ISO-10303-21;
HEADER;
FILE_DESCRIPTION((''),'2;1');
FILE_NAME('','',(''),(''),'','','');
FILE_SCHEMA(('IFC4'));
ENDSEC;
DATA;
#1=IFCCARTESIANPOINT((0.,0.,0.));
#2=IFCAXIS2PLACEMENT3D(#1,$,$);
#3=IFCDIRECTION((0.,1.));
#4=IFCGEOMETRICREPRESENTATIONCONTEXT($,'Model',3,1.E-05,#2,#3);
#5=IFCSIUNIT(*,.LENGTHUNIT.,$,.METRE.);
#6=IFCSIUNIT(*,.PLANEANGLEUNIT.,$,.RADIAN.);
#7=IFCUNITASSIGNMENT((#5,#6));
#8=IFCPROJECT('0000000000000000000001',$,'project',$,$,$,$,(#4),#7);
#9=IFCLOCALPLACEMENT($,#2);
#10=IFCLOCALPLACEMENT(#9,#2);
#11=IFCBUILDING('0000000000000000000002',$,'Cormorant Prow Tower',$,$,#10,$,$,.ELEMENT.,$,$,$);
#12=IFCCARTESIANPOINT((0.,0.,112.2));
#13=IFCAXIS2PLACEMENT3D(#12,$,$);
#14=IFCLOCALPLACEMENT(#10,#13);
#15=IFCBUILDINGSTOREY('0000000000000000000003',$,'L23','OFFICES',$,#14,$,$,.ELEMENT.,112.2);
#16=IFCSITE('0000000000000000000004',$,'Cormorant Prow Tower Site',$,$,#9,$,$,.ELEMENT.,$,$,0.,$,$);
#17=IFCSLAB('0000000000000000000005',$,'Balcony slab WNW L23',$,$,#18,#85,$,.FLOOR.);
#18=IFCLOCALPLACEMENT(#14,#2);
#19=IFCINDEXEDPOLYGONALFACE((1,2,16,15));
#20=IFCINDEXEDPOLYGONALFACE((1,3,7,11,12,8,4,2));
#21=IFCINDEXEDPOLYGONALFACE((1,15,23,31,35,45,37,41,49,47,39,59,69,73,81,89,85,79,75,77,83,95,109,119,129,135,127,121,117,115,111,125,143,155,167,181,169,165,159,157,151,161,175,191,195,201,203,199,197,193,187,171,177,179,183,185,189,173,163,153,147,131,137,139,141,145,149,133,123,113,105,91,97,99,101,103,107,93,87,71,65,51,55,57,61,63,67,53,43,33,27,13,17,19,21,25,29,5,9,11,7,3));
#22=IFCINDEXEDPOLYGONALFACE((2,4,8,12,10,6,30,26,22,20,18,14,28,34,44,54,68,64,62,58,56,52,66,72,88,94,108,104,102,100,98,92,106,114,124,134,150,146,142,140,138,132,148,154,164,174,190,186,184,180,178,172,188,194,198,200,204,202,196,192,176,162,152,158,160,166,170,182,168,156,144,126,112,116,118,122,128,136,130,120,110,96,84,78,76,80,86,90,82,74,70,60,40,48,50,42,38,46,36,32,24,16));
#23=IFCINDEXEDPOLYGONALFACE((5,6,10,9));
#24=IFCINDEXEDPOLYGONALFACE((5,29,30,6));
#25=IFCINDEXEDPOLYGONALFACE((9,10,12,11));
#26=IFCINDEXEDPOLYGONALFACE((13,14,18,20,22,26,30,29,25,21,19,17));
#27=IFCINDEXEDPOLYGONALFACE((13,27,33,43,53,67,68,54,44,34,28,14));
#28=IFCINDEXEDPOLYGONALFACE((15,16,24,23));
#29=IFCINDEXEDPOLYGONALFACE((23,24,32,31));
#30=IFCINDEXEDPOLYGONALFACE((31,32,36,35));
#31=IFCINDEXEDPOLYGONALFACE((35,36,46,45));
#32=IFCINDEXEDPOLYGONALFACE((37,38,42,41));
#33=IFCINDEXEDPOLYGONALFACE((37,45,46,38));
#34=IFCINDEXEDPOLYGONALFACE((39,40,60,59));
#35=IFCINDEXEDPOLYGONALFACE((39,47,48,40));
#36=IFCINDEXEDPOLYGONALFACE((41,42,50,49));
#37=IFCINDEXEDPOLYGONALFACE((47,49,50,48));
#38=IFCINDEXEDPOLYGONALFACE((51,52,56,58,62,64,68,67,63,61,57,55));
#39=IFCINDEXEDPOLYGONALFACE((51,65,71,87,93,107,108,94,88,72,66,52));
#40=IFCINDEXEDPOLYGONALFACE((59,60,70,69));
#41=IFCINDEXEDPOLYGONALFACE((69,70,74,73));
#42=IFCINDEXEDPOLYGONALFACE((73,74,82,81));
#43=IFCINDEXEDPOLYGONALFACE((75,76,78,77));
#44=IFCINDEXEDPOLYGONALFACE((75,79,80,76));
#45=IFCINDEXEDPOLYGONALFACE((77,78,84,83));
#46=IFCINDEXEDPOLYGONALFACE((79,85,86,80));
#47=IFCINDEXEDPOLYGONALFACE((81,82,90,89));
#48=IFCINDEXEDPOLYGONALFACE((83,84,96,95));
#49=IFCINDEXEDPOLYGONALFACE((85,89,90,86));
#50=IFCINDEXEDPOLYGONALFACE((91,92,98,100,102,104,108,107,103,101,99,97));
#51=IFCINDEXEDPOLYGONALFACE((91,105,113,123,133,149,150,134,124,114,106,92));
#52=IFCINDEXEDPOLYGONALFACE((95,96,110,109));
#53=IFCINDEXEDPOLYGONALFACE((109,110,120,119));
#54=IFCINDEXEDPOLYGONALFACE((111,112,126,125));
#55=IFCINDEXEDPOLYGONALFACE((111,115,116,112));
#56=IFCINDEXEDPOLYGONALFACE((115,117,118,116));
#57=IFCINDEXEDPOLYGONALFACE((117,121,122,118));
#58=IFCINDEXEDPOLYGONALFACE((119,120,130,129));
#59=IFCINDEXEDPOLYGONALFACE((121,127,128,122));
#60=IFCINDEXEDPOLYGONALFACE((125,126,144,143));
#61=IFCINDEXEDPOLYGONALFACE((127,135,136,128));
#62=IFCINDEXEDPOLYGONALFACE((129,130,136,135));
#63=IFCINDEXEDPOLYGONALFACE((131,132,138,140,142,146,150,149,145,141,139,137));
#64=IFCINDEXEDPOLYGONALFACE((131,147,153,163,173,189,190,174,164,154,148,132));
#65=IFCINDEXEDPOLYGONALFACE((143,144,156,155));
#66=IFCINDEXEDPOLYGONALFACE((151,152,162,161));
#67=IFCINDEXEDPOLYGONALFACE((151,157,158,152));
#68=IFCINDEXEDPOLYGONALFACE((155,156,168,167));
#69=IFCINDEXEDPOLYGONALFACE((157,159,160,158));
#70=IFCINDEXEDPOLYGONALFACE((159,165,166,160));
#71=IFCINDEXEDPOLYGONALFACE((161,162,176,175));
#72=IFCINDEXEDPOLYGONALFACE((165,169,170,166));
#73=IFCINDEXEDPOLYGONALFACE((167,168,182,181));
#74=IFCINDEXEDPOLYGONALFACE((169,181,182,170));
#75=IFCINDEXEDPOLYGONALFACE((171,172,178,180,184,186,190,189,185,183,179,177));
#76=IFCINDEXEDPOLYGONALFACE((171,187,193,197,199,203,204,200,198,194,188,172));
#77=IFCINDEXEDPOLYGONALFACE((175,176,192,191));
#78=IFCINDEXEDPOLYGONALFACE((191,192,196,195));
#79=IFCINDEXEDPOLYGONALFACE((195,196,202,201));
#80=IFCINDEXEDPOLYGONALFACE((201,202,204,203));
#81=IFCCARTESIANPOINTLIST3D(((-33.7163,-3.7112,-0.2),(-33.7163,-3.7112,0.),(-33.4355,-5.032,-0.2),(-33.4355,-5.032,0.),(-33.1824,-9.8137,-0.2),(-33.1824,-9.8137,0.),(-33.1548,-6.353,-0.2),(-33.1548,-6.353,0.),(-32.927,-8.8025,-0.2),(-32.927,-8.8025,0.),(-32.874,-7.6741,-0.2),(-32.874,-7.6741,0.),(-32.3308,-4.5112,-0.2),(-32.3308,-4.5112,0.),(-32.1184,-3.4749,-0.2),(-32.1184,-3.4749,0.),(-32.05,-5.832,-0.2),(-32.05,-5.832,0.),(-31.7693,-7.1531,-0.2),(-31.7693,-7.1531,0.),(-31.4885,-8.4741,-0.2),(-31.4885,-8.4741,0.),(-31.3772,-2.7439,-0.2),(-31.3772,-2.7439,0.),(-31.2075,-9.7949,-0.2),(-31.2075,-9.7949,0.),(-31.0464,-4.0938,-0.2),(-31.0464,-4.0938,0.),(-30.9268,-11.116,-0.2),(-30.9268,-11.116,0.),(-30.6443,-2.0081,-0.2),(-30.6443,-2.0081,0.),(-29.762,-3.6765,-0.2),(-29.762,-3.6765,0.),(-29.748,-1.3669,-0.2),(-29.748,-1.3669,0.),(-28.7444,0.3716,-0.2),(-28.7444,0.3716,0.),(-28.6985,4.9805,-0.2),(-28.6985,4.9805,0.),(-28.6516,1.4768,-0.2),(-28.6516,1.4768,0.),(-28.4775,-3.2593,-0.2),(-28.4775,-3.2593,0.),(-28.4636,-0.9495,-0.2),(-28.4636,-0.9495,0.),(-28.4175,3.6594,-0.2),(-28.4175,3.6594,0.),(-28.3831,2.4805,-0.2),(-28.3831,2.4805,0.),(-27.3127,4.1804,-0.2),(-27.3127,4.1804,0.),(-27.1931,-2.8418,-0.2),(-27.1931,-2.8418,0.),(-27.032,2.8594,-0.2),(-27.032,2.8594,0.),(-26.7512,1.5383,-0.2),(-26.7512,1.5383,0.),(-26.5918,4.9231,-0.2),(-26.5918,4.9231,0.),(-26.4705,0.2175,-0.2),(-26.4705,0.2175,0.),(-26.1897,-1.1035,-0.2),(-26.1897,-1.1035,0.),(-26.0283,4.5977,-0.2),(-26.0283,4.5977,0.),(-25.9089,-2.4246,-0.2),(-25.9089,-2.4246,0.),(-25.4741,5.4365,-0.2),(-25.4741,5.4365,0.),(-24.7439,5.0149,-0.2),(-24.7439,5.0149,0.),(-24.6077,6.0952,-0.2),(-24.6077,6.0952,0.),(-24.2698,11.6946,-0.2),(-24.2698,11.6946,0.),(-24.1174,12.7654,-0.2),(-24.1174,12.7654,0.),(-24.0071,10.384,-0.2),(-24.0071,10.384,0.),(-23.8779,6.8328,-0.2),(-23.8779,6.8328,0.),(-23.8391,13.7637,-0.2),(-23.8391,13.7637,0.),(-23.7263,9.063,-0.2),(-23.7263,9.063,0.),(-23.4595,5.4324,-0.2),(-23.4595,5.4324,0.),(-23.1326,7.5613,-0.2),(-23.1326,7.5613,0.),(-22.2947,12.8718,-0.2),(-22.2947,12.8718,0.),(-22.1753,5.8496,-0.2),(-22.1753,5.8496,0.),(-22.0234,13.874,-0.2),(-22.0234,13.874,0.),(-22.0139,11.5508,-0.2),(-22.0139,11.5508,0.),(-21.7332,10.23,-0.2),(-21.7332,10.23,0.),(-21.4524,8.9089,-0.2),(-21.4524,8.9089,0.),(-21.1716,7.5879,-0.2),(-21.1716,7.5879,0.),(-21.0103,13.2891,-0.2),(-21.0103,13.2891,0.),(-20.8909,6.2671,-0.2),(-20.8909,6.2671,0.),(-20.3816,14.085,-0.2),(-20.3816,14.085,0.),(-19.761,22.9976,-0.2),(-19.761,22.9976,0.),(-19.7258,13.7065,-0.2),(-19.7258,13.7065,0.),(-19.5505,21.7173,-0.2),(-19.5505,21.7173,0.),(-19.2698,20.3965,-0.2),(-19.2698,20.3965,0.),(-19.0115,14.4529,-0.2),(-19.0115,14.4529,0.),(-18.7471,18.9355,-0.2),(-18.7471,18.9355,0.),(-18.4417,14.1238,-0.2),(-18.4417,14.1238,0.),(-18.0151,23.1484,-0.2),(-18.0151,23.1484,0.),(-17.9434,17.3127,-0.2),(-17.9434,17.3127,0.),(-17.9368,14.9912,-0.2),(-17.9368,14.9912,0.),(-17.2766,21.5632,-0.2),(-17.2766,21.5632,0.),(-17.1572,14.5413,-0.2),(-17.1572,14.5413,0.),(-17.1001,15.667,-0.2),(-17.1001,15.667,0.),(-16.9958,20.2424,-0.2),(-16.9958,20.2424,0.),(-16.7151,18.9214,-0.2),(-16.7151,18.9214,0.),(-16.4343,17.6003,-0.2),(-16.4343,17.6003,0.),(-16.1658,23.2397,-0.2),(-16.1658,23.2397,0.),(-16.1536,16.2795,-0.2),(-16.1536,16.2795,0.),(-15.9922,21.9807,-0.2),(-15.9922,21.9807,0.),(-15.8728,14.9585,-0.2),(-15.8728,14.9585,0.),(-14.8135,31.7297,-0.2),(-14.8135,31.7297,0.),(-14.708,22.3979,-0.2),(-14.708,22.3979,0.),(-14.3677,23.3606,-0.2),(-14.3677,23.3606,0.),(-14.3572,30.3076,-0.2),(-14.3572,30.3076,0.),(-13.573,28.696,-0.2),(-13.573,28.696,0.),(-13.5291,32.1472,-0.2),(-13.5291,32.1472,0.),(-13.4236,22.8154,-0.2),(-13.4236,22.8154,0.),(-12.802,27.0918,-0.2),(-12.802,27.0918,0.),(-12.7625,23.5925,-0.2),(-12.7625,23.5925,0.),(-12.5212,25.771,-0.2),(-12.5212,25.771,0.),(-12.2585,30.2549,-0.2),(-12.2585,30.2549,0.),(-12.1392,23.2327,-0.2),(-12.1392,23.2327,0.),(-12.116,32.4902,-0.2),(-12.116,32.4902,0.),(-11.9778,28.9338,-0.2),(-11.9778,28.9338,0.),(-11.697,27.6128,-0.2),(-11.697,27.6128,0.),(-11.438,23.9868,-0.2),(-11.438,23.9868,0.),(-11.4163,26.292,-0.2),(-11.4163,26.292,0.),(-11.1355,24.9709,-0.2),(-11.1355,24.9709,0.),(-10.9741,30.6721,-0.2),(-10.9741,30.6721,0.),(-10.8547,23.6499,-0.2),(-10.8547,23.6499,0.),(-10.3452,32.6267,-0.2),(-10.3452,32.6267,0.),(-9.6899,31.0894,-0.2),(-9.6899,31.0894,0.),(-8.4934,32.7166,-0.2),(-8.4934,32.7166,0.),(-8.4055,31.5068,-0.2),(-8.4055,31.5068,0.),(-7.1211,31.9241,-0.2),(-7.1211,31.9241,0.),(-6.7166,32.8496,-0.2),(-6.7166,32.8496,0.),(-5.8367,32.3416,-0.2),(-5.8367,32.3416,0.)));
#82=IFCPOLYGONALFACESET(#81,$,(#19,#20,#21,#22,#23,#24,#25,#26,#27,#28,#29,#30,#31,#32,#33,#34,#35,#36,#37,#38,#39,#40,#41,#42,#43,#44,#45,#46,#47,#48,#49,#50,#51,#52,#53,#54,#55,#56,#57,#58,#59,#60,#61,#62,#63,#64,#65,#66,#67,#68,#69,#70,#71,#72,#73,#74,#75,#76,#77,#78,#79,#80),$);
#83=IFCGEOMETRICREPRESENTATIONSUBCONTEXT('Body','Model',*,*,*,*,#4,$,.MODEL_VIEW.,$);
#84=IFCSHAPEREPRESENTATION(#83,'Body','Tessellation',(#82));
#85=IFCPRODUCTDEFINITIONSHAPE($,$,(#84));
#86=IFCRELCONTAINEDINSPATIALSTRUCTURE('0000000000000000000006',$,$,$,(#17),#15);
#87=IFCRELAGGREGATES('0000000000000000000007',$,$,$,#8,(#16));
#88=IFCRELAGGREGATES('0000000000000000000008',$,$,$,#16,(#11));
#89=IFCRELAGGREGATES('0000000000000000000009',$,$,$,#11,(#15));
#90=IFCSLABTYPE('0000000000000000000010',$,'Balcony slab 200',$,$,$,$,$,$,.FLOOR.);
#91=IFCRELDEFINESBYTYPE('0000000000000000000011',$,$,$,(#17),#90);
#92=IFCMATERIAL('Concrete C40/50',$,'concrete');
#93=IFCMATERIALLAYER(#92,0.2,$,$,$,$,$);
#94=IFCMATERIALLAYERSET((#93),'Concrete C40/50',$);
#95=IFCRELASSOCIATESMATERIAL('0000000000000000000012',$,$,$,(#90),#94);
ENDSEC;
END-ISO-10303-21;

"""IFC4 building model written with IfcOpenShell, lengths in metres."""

from ifc_helpers import new_model, si_unit, direction, frame, origin, place, context, subcontext, project, spatial, polyline, outline, extrude, material, layer, layer_set, type_object, element, save


model = new_model("IFC4")

# Units and contexts
model_context = context("Model", 3, precision=1e-05, world=origin(), true_north=direction((0.0, 1.0)))
body_context = subcontext(model_context, "Body", "Model", "MODEL_VIEW")
ifc_project = project(units=[si_unit("LENGTHUNIT", "METRE"), si_unit("PLANEANGLEUNIT", "RADIAN")], contexts=[model_context])

# Site, building, storey
site_placement = place(None, origin())
site = spatial("IfcSite", under=ifc_project, at=site_placement, Name="Cormorant Prow Tower Site", CompositionType="ELEMENT", RefElevation=0.0)
building_placement = place(site_placement, origin())
building = spatial("IfcBuilding", under=site, at=building_placement, Name="Cormorant Prow Tower", CompositionType="ELEMENT")
storey_placement = place(building_placement, frame((0.0, 0.0, 112.2)))
storey = spatial("IfcBuildingStorey", under=building, at=storey_placement, Name="L23", Description="OFFICES", CompositionType="ELEMENT", Elevation=112.2)

# Slab
ifc_material_1 = material(Name="Concrete C40/50", Category="concrete")
ifc_layer_1 = layer(ifc_material_1, 0.2)
ifc_layer_set_1 = layer_set([ifc_layer_1], Name="Concrete C40/50")
slab_type_1 = type_object("IfcSlabType", Name="Balcony slab 200", PredefinedType="FLOOR", material=ifc_layer_set_1)
slab_1_placement = place(storey_placement, frame((0.0, 0.0, -0.2)))
element("IfcSlab", 1, at=slab_1_placement, inside=storey, type_object=slab_type_1, Name="Balcony slab WNW L23", PredefinedType="FLOOR", context=body_context, shape_type="SweptSolid", body=[
    extrude(outline(polyline([(-5.8367, 32.3416), (-6.7166, 32.8496), (-8.4934, 32.7166), (-10.3452, 32.6267), (-12.116, 32.4902), (-13.5291, 32.1472), (-14.8135, 31.7297), (-14.3572, 30.3076), (-13.573, 28.696), (-12.802, 27.0918), (-12.5212, 25.771), (-11.438, 23.9868), (-12.7625, 23.5925), (-14.3677, 23.3606), (-16.1658, 23.2397), (-18.0151, 23.1484), (-19.761, 22.9976), (-19.5505, 21.7173), (-19.2698, 20.3965), (-18.7471, 18.9355), (-17.9434, 17.3127), (-17.1001, 15.667), (-17.9368, 14.9912), (-19.0115, 14.4529), (-20.3816, 14.085), (-22.0234, 13.874), (-23.8391, 13.7637), (-24.1174, 12.7654), (-24.2698, 11.6946), (-24.0071, 10.384), (-23.7263, 9.063), (-23.1326, 7.5613), (-23.8779, 6.8328), (-24.6077, 6.0952), (-25.4741, 5.4365), (-26.5918, 4.9231), (-28.6985, 4.9805), (-28.4175, 3.6594), (-28.3831, 2.4805), (-28.6516, 1.4768), (-28.7444, 0.3716), (-28.4636, -0.9495), (-29.748, -1.3669), (-30.6443, -2.0081), (-31.3772, -2.7439), (-32.1184, -3.4749), (-33.7163, -3.7112), (-33.4355, -5.032), (-33.1548, -6.353), (-32.874, -7.6741), (-32.927, -8.8025), (-33.1824, -9.8137), (-30.9268, -11.116), (-31.2075, -9.7949), (-31.4885, -8.4741), (-31.7693, -7.1531), (-32.05, -5.832), (-32.3308, -4.5112), (-31.0464, -4.0938), (-29.762, -3.6765), (-28.4775, -3.2593), (-27.1931, -2.8418), (-25.9089, -2.4246), (-26.1897, -1.1035), (-26.4705, 0.2175), (-26.7512, 1.5383), (-27.032, 2.8594), (-27.3127, 4.1804), (-26.0283, 4.5977), (-24.7439, 5.0149), (-23.4595, 5.4324), (-22.1753, 5.8496), (-20.8909, 6.2671), (-21.1716, 7.5879), (-21.4524, 8.9089), (-21.7332, 10.23), (-22.0139, 11.5508), (-22.2947, 12.8718), (-21.0103, 13.2891), (-19.7258, 13.7065), (-18.4417, 14.1238), (-17.1572, 14.5413), (-15.8728, 14.9585), (-16.1536, 16.2795), (-16.4343, 17.6003), (-16.7151, 18.9214), (-16.9958, 20.2424), (-17.2766, 21.5632), (-15.9922, 21.9807), (-14.708, 22.3979), (-13.4236, 22.8154), (-12.1392, 23.2327), (-10.8547, 23.6499), (-11.1355, 24.9709), (-11.4163, 26.292), (-11.697, 27.6128), (-11.9778, 28.9338), (-12.2585, 30.2549), (-10.9741, 30.6721), (-9.6899, 31.0894), (-8.4055, 31.5068), (-7.1211, 31.9241), (-5.8367, 32.3416)])), origin(), (0.0, 0.0, 1.0), 0.2),
])

save(model, "model.ifc")
